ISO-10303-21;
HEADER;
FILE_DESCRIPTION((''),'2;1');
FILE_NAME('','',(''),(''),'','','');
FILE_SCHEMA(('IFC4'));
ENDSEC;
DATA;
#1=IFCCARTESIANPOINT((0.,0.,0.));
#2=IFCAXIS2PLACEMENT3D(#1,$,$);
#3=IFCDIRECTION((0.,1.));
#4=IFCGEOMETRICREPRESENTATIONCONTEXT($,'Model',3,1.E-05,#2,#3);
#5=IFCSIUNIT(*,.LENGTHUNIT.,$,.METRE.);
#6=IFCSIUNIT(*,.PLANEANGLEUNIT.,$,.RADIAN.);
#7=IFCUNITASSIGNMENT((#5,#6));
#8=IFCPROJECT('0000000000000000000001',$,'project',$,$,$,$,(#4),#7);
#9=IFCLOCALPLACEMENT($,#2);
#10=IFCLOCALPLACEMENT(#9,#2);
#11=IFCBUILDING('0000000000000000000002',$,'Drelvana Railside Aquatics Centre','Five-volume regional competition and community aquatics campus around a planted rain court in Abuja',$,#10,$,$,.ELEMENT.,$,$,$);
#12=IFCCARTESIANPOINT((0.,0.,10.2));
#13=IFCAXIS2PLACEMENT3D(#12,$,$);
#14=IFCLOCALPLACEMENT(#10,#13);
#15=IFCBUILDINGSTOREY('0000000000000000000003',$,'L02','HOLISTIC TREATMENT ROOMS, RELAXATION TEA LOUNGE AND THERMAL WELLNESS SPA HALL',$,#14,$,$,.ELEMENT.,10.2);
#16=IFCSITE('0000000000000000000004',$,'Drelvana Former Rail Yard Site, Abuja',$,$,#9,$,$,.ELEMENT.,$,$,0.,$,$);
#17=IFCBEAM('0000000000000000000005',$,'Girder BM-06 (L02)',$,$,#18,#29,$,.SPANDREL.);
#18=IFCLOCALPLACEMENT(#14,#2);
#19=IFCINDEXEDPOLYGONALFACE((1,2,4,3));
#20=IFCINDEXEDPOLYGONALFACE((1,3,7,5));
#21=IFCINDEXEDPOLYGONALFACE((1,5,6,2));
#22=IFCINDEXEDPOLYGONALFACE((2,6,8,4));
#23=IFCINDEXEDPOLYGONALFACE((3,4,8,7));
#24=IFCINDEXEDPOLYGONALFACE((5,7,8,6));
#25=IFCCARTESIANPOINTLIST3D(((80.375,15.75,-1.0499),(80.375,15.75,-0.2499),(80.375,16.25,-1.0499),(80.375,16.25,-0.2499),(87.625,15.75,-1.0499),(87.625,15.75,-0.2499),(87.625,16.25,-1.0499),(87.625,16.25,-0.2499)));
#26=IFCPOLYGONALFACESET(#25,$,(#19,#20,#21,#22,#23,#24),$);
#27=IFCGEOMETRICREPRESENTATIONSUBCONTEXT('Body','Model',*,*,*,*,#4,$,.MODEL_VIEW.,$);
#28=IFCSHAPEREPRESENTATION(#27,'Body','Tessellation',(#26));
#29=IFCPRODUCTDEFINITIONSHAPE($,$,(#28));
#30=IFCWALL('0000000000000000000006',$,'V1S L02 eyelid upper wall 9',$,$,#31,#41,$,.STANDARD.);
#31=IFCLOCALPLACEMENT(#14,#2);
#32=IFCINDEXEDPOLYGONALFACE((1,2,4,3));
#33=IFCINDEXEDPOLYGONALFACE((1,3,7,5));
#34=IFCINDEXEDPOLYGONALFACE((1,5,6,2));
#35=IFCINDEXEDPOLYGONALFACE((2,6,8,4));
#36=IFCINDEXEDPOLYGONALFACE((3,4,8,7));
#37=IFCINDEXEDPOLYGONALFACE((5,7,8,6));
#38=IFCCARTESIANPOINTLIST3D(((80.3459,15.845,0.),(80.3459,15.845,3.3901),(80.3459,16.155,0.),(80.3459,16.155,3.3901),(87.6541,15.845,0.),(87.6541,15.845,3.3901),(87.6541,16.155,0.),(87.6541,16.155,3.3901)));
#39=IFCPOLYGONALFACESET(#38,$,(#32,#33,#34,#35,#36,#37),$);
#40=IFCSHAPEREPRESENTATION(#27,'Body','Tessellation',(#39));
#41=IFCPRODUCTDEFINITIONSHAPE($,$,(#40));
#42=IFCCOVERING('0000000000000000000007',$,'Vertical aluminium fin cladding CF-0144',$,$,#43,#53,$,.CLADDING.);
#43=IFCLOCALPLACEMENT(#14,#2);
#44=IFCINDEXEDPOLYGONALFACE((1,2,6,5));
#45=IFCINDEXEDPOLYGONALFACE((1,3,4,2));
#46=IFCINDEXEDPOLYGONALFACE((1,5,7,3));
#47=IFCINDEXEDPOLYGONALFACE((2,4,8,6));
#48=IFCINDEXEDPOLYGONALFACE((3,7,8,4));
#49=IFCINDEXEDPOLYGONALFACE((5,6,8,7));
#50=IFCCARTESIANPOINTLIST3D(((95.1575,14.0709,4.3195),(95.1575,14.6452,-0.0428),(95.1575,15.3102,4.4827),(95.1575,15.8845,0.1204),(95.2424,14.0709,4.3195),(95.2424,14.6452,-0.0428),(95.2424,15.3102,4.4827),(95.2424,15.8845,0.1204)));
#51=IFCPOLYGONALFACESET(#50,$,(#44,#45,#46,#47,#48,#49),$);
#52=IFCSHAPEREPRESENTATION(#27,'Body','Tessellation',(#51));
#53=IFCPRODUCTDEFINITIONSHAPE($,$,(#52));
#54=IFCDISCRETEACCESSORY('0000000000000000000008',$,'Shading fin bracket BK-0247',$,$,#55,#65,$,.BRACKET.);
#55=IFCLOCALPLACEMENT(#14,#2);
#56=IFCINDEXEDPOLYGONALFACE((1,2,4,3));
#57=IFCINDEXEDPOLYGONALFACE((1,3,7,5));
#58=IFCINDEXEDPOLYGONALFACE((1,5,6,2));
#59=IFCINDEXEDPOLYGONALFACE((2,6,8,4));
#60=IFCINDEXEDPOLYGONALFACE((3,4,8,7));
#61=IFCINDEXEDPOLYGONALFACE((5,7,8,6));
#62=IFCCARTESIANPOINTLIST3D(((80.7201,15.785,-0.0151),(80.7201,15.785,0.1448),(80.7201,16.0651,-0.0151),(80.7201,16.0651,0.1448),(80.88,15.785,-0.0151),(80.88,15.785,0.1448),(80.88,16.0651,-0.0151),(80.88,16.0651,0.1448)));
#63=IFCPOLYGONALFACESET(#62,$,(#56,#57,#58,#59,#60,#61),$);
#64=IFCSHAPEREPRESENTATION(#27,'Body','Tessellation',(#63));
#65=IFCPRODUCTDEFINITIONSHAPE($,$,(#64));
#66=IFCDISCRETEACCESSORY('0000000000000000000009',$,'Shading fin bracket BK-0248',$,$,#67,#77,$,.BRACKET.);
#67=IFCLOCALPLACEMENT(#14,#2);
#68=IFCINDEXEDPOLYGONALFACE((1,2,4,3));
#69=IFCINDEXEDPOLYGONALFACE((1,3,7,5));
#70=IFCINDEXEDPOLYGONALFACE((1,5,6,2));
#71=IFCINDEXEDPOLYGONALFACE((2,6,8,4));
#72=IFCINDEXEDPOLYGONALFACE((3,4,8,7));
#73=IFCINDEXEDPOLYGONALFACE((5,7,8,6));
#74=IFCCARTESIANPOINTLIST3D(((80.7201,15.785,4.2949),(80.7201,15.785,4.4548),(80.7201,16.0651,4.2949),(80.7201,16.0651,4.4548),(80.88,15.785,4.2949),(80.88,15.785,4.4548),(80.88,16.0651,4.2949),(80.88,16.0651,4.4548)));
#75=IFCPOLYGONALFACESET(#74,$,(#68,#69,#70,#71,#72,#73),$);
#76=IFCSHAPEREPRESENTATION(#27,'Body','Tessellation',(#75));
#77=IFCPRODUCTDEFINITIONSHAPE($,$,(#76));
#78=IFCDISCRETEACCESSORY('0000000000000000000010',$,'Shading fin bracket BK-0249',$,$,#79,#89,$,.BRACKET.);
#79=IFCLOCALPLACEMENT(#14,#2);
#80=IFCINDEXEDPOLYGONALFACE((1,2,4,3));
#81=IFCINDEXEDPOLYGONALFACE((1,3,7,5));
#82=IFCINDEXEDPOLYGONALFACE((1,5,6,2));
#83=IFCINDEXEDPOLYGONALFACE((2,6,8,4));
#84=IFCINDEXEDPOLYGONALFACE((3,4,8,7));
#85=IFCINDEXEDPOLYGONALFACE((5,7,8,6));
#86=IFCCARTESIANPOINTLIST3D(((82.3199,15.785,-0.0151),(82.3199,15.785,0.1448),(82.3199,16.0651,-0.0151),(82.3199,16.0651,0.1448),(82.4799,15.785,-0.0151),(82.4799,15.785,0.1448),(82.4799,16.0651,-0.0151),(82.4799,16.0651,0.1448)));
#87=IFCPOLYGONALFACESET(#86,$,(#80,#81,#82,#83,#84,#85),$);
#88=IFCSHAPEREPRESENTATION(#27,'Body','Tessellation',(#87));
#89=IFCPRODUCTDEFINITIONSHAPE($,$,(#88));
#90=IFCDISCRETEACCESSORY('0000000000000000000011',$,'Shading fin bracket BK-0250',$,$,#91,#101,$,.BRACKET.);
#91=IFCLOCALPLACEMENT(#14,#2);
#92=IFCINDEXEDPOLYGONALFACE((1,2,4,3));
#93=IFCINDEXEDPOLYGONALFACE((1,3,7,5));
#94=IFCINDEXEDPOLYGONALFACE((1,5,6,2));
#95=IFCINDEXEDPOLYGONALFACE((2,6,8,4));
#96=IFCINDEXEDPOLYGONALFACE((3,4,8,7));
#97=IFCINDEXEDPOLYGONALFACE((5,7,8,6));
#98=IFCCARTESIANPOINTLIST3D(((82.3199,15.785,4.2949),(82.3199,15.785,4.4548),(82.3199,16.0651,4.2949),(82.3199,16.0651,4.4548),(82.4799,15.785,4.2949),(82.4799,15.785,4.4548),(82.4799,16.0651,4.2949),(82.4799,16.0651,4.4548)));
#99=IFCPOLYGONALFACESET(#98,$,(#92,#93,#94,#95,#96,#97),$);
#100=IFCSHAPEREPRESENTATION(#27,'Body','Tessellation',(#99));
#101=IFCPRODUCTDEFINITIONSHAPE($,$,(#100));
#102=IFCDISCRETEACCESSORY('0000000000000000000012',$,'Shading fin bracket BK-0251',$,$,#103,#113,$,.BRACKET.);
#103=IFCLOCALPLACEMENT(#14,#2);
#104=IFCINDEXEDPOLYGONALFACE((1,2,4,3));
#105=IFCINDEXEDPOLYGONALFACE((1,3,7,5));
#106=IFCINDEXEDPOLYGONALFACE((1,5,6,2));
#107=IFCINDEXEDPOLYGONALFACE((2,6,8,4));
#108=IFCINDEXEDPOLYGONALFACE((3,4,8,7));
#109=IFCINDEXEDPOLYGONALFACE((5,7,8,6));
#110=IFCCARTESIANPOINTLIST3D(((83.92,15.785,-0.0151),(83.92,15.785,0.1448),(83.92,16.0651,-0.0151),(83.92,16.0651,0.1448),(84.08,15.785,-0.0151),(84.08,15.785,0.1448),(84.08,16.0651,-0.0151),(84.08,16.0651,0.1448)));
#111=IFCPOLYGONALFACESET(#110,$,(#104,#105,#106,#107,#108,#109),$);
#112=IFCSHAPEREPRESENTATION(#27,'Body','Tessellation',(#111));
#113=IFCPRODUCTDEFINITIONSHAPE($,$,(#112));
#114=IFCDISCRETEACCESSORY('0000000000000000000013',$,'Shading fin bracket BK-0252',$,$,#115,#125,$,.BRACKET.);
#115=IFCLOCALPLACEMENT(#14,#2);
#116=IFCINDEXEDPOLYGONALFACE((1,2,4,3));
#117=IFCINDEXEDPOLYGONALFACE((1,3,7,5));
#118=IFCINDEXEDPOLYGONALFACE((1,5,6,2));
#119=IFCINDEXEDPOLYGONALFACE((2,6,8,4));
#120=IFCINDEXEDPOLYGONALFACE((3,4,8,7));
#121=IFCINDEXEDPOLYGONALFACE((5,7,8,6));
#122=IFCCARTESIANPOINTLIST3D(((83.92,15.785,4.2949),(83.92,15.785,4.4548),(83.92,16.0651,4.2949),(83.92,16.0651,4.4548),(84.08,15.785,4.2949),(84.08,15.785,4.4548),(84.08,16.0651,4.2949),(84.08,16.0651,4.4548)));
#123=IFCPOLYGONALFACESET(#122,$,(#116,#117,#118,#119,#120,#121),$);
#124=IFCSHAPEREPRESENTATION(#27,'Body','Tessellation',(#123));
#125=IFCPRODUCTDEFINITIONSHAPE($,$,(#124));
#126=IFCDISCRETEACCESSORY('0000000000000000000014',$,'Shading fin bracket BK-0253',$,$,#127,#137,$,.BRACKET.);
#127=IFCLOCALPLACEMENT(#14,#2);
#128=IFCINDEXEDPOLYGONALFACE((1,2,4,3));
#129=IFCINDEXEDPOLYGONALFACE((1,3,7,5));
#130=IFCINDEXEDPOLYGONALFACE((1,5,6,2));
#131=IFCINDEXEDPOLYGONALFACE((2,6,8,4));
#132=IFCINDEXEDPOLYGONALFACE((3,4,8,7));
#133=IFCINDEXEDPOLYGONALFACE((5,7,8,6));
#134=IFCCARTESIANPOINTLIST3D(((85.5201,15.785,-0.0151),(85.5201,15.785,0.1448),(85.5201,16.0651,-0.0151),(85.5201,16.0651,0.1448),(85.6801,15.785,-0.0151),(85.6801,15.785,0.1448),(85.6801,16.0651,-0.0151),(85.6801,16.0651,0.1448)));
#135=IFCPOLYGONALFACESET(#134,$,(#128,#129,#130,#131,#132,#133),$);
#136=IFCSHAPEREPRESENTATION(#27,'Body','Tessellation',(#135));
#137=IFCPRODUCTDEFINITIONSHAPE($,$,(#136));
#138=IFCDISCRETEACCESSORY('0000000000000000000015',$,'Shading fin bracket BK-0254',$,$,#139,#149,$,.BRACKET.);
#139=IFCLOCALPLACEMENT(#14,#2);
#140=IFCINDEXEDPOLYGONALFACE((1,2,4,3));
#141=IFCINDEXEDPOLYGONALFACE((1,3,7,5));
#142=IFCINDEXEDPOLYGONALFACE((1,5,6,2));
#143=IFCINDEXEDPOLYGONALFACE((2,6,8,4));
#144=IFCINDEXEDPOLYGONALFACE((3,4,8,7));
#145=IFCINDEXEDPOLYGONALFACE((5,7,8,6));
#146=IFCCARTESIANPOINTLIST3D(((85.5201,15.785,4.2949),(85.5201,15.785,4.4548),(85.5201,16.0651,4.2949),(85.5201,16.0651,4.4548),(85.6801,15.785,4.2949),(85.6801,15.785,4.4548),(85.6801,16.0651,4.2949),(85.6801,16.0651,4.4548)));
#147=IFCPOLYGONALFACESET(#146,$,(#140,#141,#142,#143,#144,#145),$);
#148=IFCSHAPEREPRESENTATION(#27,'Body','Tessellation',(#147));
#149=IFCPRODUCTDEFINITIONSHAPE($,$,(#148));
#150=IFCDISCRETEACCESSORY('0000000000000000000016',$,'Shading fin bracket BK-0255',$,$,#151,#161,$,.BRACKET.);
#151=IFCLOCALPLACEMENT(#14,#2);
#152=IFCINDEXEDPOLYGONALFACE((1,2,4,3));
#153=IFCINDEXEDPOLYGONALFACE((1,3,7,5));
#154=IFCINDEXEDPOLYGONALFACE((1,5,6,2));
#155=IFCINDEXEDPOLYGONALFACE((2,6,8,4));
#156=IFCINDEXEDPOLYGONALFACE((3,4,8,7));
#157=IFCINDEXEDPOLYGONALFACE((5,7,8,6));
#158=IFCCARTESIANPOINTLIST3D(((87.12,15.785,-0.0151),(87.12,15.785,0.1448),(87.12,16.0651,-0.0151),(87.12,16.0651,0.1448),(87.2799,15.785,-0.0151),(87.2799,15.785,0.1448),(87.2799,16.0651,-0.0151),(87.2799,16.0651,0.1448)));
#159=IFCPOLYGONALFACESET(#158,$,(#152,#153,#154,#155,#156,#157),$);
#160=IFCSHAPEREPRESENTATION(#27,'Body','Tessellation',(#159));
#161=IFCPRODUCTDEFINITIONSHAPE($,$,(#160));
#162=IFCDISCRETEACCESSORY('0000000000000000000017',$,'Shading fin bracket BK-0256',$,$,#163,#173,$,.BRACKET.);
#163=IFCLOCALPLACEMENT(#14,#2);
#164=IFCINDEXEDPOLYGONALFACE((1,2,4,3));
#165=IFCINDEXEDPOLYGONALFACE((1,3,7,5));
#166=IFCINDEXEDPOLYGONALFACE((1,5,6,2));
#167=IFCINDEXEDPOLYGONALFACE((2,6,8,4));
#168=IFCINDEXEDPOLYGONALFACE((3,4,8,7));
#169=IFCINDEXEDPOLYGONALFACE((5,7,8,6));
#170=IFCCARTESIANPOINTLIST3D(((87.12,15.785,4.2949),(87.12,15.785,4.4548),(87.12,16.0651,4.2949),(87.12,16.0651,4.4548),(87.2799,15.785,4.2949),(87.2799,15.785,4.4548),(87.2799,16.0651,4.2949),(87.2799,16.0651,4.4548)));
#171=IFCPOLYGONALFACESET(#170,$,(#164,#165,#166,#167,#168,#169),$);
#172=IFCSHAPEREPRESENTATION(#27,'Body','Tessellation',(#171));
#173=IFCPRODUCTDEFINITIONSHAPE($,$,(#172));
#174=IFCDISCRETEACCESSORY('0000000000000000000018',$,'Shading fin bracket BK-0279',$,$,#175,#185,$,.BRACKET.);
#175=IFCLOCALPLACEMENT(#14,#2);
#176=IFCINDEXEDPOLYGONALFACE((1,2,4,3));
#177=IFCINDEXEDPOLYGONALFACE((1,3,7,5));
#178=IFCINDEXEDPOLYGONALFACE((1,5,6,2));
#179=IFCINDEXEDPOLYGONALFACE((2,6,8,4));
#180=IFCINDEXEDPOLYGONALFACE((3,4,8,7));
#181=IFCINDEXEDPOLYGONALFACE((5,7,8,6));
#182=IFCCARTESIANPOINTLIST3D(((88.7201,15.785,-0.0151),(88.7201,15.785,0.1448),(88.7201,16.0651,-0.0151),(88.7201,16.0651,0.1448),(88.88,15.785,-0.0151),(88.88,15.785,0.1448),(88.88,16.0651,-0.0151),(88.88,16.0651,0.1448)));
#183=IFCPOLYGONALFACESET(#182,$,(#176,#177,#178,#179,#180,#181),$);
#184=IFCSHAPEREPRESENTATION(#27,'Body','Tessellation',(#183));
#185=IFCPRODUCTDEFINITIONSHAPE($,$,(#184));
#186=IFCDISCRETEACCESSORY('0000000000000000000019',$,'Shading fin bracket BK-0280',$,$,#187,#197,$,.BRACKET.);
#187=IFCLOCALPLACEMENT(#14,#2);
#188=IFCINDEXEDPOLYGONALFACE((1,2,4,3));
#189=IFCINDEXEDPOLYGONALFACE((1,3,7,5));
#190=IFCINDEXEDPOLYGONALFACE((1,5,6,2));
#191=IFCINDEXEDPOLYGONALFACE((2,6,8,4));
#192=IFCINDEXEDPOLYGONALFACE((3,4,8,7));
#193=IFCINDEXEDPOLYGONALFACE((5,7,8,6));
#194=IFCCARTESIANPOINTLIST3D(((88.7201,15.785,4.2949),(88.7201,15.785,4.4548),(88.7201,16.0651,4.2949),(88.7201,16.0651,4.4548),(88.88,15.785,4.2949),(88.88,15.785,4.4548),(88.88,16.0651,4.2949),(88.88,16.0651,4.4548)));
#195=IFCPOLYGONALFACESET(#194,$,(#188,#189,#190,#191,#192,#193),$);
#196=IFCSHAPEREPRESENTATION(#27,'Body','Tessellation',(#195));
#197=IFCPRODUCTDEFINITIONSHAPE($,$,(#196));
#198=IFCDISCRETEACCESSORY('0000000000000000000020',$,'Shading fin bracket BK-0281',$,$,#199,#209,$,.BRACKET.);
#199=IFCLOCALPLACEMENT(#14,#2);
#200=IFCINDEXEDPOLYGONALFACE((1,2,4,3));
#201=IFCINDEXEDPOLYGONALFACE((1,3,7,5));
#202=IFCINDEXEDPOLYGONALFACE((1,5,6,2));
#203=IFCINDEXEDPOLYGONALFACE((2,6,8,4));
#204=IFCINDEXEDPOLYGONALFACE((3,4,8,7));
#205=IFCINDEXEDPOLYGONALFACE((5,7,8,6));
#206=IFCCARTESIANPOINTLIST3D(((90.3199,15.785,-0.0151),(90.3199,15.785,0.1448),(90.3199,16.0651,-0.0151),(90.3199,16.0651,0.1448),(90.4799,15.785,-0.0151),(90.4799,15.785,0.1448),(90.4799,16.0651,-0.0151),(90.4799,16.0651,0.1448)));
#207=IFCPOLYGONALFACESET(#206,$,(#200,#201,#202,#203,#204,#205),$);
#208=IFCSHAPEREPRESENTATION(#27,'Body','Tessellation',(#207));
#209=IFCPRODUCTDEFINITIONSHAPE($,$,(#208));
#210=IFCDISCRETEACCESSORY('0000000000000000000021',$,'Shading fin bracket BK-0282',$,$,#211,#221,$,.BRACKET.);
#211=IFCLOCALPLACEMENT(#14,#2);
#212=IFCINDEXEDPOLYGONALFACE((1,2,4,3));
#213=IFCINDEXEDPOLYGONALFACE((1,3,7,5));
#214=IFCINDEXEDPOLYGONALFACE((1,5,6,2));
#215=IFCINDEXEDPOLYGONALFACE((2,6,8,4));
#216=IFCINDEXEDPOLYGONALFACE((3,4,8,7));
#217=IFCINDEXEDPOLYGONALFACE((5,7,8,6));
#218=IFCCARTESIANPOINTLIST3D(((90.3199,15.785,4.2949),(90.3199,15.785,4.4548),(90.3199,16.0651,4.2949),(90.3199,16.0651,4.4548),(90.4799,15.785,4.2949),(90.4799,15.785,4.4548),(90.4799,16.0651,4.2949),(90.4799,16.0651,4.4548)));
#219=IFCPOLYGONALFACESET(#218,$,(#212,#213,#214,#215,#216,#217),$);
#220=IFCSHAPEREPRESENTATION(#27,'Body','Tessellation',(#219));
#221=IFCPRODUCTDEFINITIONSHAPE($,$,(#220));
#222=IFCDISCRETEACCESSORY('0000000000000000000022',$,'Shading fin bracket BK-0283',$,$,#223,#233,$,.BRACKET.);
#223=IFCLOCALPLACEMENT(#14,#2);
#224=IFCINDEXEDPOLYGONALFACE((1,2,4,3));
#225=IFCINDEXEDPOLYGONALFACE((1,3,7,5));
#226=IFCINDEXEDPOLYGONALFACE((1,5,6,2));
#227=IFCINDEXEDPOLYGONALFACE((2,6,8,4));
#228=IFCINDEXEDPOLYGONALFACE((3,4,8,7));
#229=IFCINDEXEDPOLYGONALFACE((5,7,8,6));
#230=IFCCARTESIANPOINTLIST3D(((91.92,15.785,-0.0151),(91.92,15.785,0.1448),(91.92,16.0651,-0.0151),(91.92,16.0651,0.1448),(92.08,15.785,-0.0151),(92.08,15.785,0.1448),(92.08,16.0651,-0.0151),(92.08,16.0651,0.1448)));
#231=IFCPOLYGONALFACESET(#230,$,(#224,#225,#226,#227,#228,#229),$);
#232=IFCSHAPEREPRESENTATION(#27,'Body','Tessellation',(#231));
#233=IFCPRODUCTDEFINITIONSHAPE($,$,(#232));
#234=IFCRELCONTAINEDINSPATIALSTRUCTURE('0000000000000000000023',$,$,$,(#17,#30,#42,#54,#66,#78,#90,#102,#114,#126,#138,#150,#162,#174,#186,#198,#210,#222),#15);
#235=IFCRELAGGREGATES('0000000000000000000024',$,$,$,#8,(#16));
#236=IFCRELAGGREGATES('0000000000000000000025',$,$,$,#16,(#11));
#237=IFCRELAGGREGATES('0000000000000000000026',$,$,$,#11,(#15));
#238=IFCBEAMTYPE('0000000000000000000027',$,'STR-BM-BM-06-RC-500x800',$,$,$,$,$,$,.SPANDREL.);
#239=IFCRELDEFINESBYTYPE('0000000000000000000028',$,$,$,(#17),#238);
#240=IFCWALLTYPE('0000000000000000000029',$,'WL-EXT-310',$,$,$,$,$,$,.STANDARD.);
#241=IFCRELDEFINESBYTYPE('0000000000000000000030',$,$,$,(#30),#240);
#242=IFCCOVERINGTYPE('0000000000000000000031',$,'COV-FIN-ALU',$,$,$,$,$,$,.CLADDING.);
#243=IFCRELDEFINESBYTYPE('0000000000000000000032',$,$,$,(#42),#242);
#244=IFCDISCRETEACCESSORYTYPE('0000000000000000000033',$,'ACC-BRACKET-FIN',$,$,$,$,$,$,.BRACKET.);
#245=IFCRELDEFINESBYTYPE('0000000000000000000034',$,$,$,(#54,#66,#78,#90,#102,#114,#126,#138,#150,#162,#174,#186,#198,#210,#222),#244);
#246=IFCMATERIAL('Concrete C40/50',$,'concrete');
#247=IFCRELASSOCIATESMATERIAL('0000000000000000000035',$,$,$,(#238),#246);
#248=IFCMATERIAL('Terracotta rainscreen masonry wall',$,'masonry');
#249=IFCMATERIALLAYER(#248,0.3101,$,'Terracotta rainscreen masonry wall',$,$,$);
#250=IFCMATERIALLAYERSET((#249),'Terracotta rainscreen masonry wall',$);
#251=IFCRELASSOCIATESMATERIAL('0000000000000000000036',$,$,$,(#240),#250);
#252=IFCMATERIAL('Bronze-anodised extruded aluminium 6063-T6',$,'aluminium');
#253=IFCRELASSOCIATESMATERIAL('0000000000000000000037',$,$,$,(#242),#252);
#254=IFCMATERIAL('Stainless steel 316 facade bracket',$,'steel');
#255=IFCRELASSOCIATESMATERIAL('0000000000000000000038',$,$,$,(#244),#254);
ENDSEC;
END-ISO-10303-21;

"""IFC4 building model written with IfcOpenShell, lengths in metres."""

from ifc_helpers import new_model, si_unit, direction, frame, frame_2d, origin, origin_2d, place, context, subcontext, project, spatial, rectangle, extrude, material, layer, layer_set, material_profile, profile_set, type_object, element, save


model = new_model("IFC4")

# Units and contexts
model_context = context("Model", 3, precision=1e-05, world=origin(), true_north=direction((0.0, 1.0)))
body_context = subcontext(model_context, "Body", "Model", "MODEL_VIEW")
ifc_project = project(units=[si_unit("LENGTHUNIT", "METRE"), si_unit("PLANEANGLEUNIT", "RADIAN")], contexts=[model_context])

# Site, building, storey
site_placement = place(None, origin())
site = spatial("IfcSite", under=ifc_project, at=site_placement, Name="Drelvana Former Rail Yard Site, Abuja", CompositionType="ELEMENT", RefElevation=0.0)
building_placement = place(site_placement, origin())
building = spatial("IfcBuilding", under=site, at=building_placement, Name="Drelvana Railside Aquatics Centre", Description="Five-volume regional competition and community aquatics campus around a planted rain court in Abuja", CompositionType="ELEMENT")
storey_placement = place(building_placement, frame((0.0, 0.0, 10.2)))
storey = spatial("IfcBuildingStorey", under=building, at=storey_placement, Name="L02", Description="HOLISTIC TREATMENT ROOMS, RELAXATION TEA LOUNGE AND THERMAL WELLNESS SPA HALL", CompositionType="ELEMENT", Elevation=10.2)

# Beam
ifc_material_1 = material(Name="Concrete C40/50", Category="concrete")
ifc_material_profile = material_profile(ifc_material_1, rectangle(XDim=0.5, YDim=0.8, at=origin_2d()), Name="RC 500x800")
ifc_profile_set = profile_set([ifc_material_profile], Name="Concrete C40/50")
beam_type = type_object("IfcBeamType", Name="STR-BM-BM-06-RC-500x800", PredefinedType="SPANDREL", material=ifc_profile_set)
beam_placement = place(storey_placement, frame((80.375, 16.0, -0.6499), z_axis=(1.0, 0.0, 0.0), x_axis=(0.0, 1.0, 0.0)))
element("IfcBeam", 1, at=beam_placement, inside=storey, type_object=beam_type, Name="Girder BM-06 (L02)", PredefinedType="SPANDREL", context=body_context, shape_type="SweptSolid", body=[
    extrude(rectangle(XDim=0.5, YDim=0.8, at=origin_2d()), origin(), (0.0, 0.0, 1.0), 7.25),
])

# Wall
ifc_material_2 = material(Name="Terracotta rainscreen masonry wall", Category="masonry")
ifc_layer = layer(ifc_material_2, 0.3101, Name="Terracotta rainscreen masonry wall")
ifc_layer_set = layer_set([ifc_layer], Name="Terracotta rainscreen masonry wall")
wall_type = type_object("IfcWallType", Name="WL-EXT-310", PredefinedType="STANDARD", material=ifc_layer_set)
wall_placement = place(storey_placement, frame((80.3459, 16.0, 0.0), z_axis=(0.0, 0.0, 1.0), x_axis=(1.0, 0.0, 0.0)))
element("IfcWall", 2, at=wall_placement, inside=storey, type_object=wall_type, Name="V1S L02 eyelid upper wall 9", PredefinedType="STANDARD", context=body_context, shape_type="SweptSolid", body=[
    extrude(rectangle(XDim=7.3081, YDim=0.3101, at=frame_2d((3.6541, 0.0))), origin(), (0.0, 0.0, 1.0), 3.3901),
])

# Covering
ifc_material_3 = material(Name="Bronze-anodised extruded aluminium 6063-T6", Category="aluminium")
covering_type = type_object("IfcCoveringType", Name="COV-FIN-ALU", PredefinedType="CLADDING", material=ifc_material_3)
covering_placement = place(storey_placement, frame((95.2, 15.2649, 0.0388), z_axis=(0.0, -0.130526, 0.991445), x_axis=(-1.0, 0.0, 0.0)))
element("IfcCovering", 3, at=covering_placement, inside=storey, type_object=covering_type, Name="Vertical aluminium fin cladding CF-0144", PredefinedType="CLADDING", context=body_context, shape_type="SweptSolid", body=[
    extrude(rectangle(XDim=0.085, YDim=1.25, at=origin_2d()), origin(), (0.0, 0.0, 1.0), 4.3999),
])

# Discrete accessories
ifc_material_4 = material(Name="Stainless steel 316 facade bracket", Category="steel")
discrete_accessory_type = type_object("IfcDiscreteAccessoryType", Name="ACC-BRACKET-FIN", PredefinedType="BRACKET", material=ifc_material_4)
for number, where, z_axis, x_axis, name in (
    (4, (80.8, 15.925, -0.0151), (0.0, 0.0, 1.0), (0.0, -1.0, 0.0), "Shading fin bracket BK-0247"),
    (5, (80.8, 15.925, 4.2949), (0.0, 0.0, 1.0), (0.0, -1.0, 0.0), "Shading fin bracket BK-0248"),
    (6, (82.3999, 15.925, -0.0151), (0.0, 0.0, 1.0), (0.0, -1.0, 0.0), "Shading fin bracket BK-0249"),
    (7, (82.3999, 15.925, 4.2949), (0.0, 0.0, 1.0), (0.0, -1.0, 0.0), "Shading fin bracket BK-0250"),
    (8, (84.0, 15.925, -0.0151), (0.0, 0.0, 1.0), (0.0, -1.0, 0.0), "Shading fin bracket BK-0251"),
    (9, (84.0, 15.925, 4.2949), (0.0, 0.0, 1.0), (0.0, -1.0, 0.0), "Shading fin bracket BK-0252"),
    (10, (85.6001, 15.925, -0.0151), (0.0, 0.0, 1.0), (0.0, -1.0, 0.0), "Shading fin bracket BK-0253"),
    (11, (85.6001, 15.925, 4.2949), (0.0, 0.0, 1.0), (0.0, -1.0, 0.0), "Shading fin bracket BK-0254"),
    (12, (87.2, 15.925, -0.0151), (0.0, 0.0, 1.0), (0.0, -1.0, 0.0), "Shading fin bracket BK-0255"),
    (13, (87.2, 15.925, 4.2949), (0.0, 0.0, 1.0), (0.0, -1.0, 0.0), "Shading fin bracket BK-0256"),
    (14, (88.8, 15.925, -0.0151), (0.0, 0.0, 1.0), (0.0, -1.0, 0.0), "Shading fin bracket BK-0279"),
    (15, (88.8, 15.925, 4.2949), (0.0, 0.0, 1.0), (0.0, -1.0, 0.0), "Shading fin bracket BK-0280"),
    (16, (90.3999, 15.925, -0.0151), (0.0, 0.0, 1.0), (0.0, -1.0, 0.0), "Shading fin bracket BK-0281"),
    (17, (90.3999, 15.925, 4.2949), (0.0, 0.0, 1.0), (0.0, -1.0, 0.0), "Shading fin bracket BK-0282"),
    (18, (92.0, 15.925, -0.0151), (0.0, 0.0, 1.0), (0.0, -1.0, 0.0), "Shading fin bracket BK-0283"),
):
    element("IfcDiscreteAccessory", number, at=place(storey_placement, frame(where, z_axis=z_axis, x_axis=x_axis)), inside=storey, type_object=discrete_accessory_type, Name=name, PredefinedType="BRACKET", context=body_context, shape_type="SweptSolid", body=[
        extrude(rectangle(XDim=0.28, YDim=0.1599, at=origin_2d()), origin(), (0.0, 0.0, 1.0), 0.1599),
    ])

save(model, "model.ifc")
